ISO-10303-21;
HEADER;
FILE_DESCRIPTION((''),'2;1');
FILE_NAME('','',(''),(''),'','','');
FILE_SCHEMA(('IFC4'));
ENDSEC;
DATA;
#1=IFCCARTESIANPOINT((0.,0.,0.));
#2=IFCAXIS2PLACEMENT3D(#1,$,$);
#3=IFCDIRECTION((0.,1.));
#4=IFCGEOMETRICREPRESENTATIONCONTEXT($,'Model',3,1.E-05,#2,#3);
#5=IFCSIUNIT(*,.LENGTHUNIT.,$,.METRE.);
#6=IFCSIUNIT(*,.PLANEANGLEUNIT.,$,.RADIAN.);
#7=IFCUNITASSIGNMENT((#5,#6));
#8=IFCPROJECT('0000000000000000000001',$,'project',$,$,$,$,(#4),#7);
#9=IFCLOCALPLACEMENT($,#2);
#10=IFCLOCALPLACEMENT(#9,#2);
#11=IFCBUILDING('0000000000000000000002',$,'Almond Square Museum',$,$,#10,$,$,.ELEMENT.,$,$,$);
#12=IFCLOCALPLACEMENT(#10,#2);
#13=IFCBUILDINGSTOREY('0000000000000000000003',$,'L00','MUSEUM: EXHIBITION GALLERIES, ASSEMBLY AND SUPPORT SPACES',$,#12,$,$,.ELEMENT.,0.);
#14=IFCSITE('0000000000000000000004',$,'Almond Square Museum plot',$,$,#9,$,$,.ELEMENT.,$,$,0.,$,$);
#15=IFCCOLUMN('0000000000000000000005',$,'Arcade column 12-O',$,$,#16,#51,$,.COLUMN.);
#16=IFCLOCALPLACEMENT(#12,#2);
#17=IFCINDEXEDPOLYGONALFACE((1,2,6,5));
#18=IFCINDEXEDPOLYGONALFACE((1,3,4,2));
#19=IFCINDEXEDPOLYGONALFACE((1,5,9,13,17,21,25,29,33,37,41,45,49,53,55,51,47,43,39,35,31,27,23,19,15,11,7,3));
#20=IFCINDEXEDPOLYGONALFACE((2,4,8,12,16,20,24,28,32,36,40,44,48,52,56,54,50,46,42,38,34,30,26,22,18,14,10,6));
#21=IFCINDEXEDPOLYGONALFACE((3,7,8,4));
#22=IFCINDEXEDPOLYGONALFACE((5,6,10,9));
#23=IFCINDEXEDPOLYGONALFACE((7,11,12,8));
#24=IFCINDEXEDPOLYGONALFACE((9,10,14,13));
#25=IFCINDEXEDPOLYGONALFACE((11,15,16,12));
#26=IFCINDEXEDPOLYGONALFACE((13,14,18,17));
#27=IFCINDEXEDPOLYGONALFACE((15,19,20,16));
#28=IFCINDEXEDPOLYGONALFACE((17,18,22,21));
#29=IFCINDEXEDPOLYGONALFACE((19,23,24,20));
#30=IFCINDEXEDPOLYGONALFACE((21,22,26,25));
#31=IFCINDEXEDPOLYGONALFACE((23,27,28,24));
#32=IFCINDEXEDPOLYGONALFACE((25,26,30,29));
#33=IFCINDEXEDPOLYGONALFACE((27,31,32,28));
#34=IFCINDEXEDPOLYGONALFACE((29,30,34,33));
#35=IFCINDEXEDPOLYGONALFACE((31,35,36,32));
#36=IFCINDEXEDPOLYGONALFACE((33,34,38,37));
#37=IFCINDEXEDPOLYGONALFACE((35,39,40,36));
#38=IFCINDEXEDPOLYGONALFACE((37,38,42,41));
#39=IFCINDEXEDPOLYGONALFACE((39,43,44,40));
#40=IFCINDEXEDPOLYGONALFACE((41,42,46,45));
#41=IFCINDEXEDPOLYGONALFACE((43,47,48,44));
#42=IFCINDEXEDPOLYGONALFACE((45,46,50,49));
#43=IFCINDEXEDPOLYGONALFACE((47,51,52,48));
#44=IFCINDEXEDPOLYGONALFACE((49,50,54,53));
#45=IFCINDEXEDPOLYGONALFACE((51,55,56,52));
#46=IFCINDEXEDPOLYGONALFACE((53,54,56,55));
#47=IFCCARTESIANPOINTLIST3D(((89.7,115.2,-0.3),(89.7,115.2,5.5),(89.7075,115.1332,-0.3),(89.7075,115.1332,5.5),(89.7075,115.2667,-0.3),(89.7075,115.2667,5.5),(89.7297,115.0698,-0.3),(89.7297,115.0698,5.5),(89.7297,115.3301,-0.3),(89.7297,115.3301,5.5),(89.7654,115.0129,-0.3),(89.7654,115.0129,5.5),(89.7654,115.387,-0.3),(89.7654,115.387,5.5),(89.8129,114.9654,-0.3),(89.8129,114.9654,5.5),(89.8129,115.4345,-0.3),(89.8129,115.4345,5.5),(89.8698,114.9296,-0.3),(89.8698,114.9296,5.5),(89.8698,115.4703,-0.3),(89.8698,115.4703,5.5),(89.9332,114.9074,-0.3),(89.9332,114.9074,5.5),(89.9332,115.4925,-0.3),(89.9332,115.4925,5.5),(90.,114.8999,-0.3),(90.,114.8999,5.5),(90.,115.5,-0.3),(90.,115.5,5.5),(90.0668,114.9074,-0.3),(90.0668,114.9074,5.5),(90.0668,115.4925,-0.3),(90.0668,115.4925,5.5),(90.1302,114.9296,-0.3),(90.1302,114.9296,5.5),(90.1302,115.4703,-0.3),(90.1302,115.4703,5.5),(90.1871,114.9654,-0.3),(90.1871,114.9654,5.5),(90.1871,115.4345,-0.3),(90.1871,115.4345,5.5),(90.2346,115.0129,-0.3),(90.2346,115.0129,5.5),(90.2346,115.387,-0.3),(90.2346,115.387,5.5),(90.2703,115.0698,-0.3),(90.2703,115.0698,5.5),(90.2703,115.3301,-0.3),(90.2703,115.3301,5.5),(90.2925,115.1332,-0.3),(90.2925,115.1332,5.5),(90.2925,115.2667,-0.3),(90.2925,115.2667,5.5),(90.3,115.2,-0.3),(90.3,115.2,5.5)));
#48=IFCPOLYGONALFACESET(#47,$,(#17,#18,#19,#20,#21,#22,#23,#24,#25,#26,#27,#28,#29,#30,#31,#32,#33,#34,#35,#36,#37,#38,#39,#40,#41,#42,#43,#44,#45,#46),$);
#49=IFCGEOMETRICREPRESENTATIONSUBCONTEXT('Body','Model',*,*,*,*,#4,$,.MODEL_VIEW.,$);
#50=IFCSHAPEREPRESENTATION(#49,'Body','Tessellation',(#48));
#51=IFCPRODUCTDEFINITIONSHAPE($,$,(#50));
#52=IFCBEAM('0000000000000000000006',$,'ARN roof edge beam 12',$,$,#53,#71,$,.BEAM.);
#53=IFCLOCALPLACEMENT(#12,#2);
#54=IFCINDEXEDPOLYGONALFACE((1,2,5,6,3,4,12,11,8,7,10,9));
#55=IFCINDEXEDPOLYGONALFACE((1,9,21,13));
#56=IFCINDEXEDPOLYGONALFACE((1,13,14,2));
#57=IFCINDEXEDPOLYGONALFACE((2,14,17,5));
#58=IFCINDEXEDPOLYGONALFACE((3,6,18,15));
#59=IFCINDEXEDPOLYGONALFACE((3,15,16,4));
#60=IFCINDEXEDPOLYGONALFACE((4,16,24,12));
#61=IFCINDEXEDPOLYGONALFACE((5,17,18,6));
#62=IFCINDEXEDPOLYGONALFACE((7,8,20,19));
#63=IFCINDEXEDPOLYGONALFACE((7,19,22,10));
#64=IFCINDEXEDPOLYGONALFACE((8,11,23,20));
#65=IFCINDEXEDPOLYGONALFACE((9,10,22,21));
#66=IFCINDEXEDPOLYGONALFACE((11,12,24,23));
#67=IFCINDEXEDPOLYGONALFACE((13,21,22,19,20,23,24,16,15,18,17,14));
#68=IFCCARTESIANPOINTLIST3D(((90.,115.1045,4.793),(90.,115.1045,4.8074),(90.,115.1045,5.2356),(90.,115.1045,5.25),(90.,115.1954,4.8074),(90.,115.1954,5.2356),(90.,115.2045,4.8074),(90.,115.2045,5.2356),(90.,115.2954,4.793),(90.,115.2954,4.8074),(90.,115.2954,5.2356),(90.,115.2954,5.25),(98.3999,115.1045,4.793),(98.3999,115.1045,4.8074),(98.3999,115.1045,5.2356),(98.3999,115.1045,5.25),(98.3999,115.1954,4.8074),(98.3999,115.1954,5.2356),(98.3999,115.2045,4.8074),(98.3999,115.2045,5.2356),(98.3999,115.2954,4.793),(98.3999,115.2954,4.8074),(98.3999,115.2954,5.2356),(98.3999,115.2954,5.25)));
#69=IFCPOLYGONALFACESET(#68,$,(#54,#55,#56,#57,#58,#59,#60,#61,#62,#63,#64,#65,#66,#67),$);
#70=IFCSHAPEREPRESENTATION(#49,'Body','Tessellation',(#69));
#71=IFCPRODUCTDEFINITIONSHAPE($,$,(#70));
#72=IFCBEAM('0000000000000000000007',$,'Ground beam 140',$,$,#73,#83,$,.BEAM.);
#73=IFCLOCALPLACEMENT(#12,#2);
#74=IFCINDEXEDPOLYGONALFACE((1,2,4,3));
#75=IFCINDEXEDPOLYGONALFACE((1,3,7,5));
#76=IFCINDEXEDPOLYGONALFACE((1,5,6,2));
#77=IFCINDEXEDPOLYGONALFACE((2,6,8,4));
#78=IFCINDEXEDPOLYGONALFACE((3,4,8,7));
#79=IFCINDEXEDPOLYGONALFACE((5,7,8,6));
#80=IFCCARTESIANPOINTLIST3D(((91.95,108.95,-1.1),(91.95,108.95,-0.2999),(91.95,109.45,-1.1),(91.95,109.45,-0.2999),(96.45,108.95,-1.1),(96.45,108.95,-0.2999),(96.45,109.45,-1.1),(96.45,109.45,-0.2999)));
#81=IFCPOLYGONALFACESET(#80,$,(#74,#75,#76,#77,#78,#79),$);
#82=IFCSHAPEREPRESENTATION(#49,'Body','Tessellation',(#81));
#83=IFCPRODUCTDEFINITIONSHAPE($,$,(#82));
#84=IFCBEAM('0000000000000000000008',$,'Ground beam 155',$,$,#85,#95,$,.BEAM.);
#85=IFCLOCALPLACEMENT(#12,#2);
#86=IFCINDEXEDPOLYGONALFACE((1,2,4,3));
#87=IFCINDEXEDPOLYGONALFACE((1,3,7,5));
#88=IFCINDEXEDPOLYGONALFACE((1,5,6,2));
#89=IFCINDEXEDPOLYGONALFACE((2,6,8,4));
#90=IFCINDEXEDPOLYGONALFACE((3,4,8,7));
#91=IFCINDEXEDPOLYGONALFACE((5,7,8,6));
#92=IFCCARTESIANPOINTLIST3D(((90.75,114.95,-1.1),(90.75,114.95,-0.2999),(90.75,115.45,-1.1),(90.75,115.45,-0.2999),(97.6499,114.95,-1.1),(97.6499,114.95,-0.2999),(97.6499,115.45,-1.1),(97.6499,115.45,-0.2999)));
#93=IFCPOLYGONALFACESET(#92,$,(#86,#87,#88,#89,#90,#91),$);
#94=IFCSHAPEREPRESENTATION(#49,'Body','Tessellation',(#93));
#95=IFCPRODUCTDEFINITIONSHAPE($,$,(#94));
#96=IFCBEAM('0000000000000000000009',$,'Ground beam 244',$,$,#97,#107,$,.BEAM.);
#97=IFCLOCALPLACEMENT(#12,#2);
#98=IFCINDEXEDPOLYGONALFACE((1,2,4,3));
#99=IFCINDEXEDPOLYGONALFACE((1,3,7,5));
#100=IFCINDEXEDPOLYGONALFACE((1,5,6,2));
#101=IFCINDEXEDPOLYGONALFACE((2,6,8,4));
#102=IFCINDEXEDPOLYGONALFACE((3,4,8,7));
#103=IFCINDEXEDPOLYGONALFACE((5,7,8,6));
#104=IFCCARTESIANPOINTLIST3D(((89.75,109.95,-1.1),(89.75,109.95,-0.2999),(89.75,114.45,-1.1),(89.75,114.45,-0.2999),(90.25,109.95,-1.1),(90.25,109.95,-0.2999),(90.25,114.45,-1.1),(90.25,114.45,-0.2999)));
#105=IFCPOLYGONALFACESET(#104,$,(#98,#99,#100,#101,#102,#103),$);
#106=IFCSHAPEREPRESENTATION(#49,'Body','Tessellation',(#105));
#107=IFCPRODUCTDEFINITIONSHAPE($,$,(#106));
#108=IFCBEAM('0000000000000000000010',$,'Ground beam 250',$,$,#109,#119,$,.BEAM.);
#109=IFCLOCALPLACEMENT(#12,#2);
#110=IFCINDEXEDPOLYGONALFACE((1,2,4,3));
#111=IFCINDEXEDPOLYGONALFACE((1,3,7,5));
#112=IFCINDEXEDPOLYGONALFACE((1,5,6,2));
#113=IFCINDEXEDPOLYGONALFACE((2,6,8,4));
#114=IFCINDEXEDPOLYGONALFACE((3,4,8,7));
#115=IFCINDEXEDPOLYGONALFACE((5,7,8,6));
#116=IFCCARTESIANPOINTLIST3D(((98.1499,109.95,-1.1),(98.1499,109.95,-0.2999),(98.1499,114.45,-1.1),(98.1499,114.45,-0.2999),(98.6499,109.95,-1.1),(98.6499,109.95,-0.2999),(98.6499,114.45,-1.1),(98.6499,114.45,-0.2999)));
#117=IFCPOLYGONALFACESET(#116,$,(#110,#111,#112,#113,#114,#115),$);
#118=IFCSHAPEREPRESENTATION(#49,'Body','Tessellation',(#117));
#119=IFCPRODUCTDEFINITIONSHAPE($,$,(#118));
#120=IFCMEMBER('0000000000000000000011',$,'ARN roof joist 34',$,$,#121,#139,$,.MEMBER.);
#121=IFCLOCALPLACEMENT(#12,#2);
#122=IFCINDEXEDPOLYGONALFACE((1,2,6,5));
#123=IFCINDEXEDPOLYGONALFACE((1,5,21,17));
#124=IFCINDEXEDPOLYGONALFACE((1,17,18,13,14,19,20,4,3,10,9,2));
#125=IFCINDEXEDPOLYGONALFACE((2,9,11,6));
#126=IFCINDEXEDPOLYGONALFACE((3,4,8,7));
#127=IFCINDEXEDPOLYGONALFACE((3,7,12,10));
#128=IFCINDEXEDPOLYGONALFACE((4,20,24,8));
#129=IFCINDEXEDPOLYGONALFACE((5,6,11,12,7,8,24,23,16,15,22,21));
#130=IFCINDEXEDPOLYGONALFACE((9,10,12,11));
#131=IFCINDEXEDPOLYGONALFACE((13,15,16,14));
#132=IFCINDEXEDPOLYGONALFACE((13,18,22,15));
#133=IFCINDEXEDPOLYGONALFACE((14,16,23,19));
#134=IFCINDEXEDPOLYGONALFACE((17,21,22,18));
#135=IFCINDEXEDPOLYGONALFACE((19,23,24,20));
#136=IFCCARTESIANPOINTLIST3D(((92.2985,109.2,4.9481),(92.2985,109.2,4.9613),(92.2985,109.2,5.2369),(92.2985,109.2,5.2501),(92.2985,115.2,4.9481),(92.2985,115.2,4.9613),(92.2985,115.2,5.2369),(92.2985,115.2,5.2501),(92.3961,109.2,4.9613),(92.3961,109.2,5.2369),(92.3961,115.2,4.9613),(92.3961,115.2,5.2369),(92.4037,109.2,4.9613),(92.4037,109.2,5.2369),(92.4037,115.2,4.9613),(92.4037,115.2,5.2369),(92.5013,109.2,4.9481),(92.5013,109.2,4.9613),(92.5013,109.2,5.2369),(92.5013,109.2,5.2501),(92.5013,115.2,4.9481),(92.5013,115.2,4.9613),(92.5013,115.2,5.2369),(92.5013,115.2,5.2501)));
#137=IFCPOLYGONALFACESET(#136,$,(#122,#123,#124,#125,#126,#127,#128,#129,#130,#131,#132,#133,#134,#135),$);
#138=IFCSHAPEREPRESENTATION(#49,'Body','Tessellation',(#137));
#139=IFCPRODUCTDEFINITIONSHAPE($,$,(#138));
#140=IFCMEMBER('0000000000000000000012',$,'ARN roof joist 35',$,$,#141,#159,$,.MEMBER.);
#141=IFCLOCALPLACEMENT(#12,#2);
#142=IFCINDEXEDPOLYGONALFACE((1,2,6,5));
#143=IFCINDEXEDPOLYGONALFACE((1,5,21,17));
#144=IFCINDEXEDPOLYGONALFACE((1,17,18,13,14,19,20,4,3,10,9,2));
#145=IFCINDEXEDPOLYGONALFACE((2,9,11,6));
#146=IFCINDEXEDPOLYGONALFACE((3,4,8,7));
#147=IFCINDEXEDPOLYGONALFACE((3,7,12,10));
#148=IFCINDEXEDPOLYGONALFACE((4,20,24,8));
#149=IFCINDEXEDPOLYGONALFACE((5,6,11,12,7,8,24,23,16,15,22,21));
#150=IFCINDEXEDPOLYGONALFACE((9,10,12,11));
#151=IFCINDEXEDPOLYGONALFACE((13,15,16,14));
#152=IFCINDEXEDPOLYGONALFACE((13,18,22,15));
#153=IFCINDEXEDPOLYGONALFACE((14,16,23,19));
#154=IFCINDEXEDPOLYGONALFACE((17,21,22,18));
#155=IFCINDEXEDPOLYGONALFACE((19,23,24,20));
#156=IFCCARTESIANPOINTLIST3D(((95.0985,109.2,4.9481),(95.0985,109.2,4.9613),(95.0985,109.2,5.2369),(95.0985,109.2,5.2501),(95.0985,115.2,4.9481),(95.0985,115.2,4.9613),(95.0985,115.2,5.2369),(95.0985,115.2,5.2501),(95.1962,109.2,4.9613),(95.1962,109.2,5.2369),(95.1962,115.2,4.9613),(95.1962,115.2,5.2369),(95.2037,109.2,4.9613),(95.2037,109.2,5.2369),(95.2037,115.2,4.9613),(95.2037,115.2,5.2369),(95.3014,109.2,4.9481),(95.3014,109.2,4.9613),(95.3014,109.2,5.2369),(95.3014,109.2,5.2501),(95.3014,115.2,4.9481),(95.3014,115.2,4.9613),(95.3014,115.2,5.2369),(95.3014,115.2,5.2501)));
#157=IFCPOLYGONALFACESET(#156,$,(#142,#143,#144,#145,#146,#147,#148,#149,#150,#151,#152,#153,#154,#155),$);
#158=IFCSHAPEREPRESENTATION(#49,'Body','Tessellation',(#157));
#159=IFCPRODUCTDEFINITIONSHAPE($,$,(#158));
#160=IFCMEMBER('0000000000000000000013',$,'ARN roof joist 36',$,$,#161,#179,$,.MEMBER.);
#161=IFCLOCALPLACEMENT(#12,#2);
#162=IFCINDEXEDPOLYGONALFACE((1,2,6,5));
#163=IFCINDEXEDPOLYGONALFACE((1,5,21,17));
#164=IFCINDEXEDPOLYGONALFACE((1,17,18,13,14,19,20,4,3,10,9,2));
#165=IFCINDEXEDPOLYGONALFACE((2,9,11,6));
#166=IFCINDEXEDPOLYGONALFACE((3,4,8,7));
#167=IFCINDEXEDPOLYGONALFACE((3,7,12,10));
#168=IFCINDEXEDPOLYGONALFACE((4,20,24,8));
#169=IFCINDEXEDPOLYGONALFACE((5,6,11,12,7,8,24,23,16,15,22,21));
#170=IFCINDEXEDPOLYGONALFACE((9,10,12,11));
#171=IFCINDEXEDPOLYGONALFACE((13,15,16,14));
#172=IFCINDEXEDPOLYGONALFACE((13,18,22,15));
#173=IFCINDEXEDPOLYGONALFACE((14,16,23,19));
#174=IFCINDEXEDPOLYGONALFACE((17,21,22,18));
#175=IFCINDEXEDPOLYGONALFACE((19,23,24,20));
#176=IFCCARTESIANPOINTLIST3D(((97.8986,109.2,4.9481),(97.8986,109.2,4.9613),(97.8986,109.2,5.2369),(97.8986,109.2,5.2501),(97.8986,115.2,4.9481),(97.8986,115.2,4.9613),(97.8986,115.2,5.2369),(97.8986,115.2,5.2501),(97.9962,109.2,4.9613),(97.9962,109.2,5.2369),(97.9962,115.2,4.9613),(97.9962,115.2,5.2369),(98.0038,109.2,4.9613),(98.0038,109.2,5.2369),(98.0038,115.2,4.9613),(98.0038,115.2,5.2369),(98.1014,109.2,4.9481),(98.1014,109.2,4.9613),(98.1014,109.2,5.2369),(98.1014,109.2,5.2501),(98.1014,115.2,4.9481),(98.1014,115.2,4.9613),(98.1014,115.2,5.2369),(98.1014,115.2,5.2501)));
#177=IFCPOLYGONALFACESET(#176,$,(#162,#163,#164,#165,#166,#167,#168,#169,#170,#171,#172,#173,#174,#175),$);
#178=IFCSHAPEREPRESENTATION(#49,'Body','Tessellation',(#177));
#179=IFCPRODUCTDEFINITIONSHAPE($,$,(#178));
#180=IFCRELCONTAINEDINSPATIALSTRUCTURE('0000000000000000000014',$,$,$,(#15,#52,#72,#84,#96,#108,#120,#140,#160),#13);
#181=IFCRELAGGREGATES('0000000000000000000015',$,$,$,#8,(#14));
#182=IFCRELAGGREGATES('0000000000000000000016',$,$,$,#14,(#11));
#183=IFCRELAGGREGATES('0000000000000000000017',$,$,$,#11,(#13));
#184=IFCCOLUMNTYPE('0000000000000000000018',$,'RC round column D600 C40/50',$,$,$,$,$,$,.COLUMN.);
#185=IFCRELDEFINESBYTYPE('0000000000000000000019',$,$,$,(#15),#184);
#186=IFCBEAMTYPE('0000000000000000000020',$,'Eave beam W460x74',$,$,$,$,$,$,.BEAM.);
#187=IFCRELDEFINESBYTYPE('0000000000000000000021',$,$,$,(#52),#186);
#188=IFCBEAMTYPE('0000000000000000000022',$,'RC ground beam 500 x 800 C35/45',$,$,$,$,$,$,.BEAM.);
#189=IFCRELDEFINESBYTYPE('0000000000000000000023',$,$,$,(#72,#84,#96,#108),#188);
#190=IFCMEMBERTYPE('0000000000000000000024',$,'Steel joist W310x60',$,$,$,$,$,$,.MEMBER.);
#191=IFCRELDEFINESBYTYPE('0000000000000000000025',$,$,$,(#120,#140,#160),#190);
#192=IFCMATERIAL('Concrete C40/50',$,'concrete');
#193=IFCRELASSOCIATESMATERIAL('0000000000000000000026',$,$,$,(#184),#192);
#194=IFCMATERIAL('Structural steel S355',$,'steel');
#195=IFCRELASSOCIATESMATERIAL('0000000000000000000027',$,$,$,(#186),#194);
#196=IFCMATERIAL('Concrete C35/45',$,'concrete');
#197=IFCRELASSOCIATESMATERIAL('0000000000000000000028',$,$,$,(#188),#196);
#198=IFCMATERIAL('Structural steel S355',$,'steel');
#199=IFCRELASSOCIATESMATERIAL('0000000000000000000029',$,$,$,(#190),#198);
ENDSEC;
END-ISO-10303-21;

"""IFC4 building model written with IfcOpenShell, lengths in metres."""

from ifc_helpers import new_model, si_unit, direction, frame, origin, origin_2d, place, context, subcontext, project, spatial, rectangle, circle, i_section, extrude, material, material_profile, profile_set, type_object, element, save


model = new_model("IFC4")

# Units and contexts
model_context = context("Model", 3, precision=1e-05, world=origin(), true_north=direction((0.0, 1.0)))
body_context = subcontext(model_context, "Body", "Model", "MODEL_VIEW")
ifc_project = project(units=[si_unit("LENGTHUNIT", "METRE"), si_unit("PLANEANGLEUNIT", "RADIAN")], contexts=[model_context])

# Site, building, storey
site_placement = place(None, origin())
site = spatial("IfcSite", under=ifc_project, at=site_placement, Name="Almond Square Museum plot", CompositionType="ELEMENT", RefElevation=0.0)
building_placement = place(site_placement, origin())
building = spatial("IfcBuilding", under=site, at=building_placement, Name="Almond Square Museum", CompositionType="ELEMENT")
storey_placement = place(building_placement, origin())
storey = spatial("IfcBuildingStorey", under=building, at=storey_placement, Name="L00", Description="MUSEUM: EXHIBITION GALLERIES, ASSEMBLY AND SUPPORT SPACES", CompositionType="ELEMENT", Elevation=0.0)

# Column
ifc_material_1 = material(Name="Concrete C40/50", Category="concrete")
ifc_material_profile_1 = material_profile(ifc_material_1, circle(Radius=0.3, at=origin_2d()))
ifc_profile_set_1 = profile_set([ifc_material_profile_1], Name="Concrete C40/50")
column_type_1 = type_object("IfcColumnType", Name="RC round column D600 C40/50", PredefinedType="COLUMN", material=ifc_profile_set_1)
column_1_placement = place(storey_placement, frame((90.0, 115.2, -0.3), z_axis=(0.0, 0.0, 1.0), x_axis=(1.0, 0.0, 0.0)))
element("IfcColumn", 1, at=column_1_placement, inside=storey, type_object=column_type_1, Name="Arcade column 12-O", PredefinedType="COLUMN", context=body_context, shape_type="SweptSolid", body=[
    extrude(circle(Radius=0.3, at=origin_2d()), origin(), (0.0, 0.0, 1.0), 5.8),
])

# Beams
ifc_material_2 = material(Name="Structural steel S355", Category="steel")
ifc_material_profile_2 = material_profile(ifc_material_2, i_section(OverallWidth=0.1909, OverallDepth=0.457, WebThickness=0.009, FlangeThickness=0.0144, at=origin_2d()))
ifc_profile_set_2 = profile_set([ifc_material_profile_2], Name="Structural steel S355")
beam_type_1 = type_object("IfcBeamType", Name="Eave beam W460x74", PredefinedType="BEAM", material=ifc_profile_set_2)
beam_1_placement = place(storey_placement, frame((90.0, 115.2, 5.0215), z_axis=(1.0, 0.0, 0.0), x_axis=(0.0, 1.0, 0.0)))
element("IfcBeam", 2, at=beam_1_placement, inside=storey, type_object=beam_type_1, Name="ARN roof edge beam 12", PredefinedType="BEAM", context=body_context, shape_type="SweptSolid", body=[
    extrude(i_section(OverallWidth=0.1909, OverallDepth=0.457, WebThickness=0.009, FlangeThickness=0.0144, at=origin_2d()), origin(), (0.0, 0.0, 1.0), 8.3999),
])
ifc_material_3 = material(Name="Concrete C35/45", Category="concrete")
ifc_material_profile_3 = material_profile(ifc_material_3, rectangle(XDim=0.5, YDim=0.8, at=origin_2d()))
ifc_profile_set_3 = profile_set([ifc_material_profile_3], Name="Concrete C35/45")
beam_type_2 = type_object("IfcBeamType", Name="RC ground beam 500 x 800 C35/45", PredefinedType="BEAM", material=ifc_profile_set_3)
beam_2_placement = place(storey_placement, frame((91.95, 109.2, -0.7), z_axis=(1.0, 0.0, 0.0), x_axis=(0.0, 1.0, 0.0)))
element("IfcBeam", 3, at=beam_2_placement, inside=storey, type_object=beam_type_2, Name="Ground beam 140", PredefinedType="BEAM", context=body_context, shape_type="SweptSolid", body=[
    extrude(rectangle(XDim=0.5, YDim=0.8, at=origin_2d()), origin(), (0.0, 0.0, 1.0), 4.5),
])
beam_3_placement = place(storey_placement, frame((90.75, 115.2, -0.7), z_axis=(1.0, 0.0, 0.0), x_axis=(0.0, 1.0, 0.0)))
element("IfcBeam", 4, at=beam_3_placement, inside=storey, type_object=beam_type_2, Name="Ground beam 155", PredefinedType="BEAM", context=body_context, shape_type="SweptSolid", body=[
    extrude(rectangle(XDim=0.5, YDim=0.8, at=origin_2d()), origin(), (0.0, 0.0, 1.0), 6.8999),
])
for number, where, z_axis, x_axis, name in (
    (5, (90.0, 109.95, -0.7), (0.0, 1.0, 0.0), (-1.0, 0.0, 0.0), "Ground beam 244"),
    (6, (98.3999, 109.95, -0.7), (0.0, 1.0, 0.0), (-1.0, 0.0, 0.0), "Ground beam 250"),
):
    element("IfcBeam", number, at=place(storey_placement, frame(where, z_axis=z_axis, x_axis=x_axis)), inside=storey, type_object=beam_type_2, Name=name, PredefinedType="BEAM", context=body_context, shape_type="SweptSolid", body=[
        extrude(rectangle(XDim=0.5, YDim=0.8, at=origin_2d()), origin(), (0.0, 0.0, 1.0), 4.5),
    ])

# Members
ifc_material_4 = material(Name="Structural steel S355", Category="steel")
ifc_material_profile_4 = material_profile(ifc_material_4, i_section(OverallWidth=0.2029, OverallDepth=0.302, WebThickness=0.0076, FlangeThickness=0.0132, at=origin_2d()))
ifc_profile_set_4 = profile_set([ifc_material_profile_4], Name="Structural steel S355")
member_type = type_object("IfcMemberType", Name="Steel joist W310x60", PredefinedType="MEMBER", material=ifc_profile_set_4)
for number, where, z_axis, x_axis, name in (
    (7, (92.3999, 109.2, 5.0991), (0.0, 1.0, 0.0), (-1.0, 0.0, 0.0), "ARN roof joist 34"),
    (8, (95.2, 109.2, 5.0991), (0.0, 1.0, 0.0), (-1.0, 0.0, 0.0), "ARN roof joist 35"),
    (9, (98.0, 109.2, 5.0991), (0.0, 1.0, 0.0), (-1.0, 0.0, 0.0), "ARN roof joist 36"),
):
    element("IfcMember", number, at=place(storey_placement, frame(where, z_axis=z_axis, x_axis=x_axis)), inside=storey, type_object=member_type, Name=name, PredefinedType="MEMBER", context=body_context, shape_type="SweptSolid", body=[
        extrude(i_section(OverallWidth=0.2029, OverallDepth=0.302, WebThickness=0.0076, FlangeThickness=0.0132, at=origin_2d()), origin(), (0.0, 0.0, 1.0), 6.0),
    ])

save(model, "model.ifc")
